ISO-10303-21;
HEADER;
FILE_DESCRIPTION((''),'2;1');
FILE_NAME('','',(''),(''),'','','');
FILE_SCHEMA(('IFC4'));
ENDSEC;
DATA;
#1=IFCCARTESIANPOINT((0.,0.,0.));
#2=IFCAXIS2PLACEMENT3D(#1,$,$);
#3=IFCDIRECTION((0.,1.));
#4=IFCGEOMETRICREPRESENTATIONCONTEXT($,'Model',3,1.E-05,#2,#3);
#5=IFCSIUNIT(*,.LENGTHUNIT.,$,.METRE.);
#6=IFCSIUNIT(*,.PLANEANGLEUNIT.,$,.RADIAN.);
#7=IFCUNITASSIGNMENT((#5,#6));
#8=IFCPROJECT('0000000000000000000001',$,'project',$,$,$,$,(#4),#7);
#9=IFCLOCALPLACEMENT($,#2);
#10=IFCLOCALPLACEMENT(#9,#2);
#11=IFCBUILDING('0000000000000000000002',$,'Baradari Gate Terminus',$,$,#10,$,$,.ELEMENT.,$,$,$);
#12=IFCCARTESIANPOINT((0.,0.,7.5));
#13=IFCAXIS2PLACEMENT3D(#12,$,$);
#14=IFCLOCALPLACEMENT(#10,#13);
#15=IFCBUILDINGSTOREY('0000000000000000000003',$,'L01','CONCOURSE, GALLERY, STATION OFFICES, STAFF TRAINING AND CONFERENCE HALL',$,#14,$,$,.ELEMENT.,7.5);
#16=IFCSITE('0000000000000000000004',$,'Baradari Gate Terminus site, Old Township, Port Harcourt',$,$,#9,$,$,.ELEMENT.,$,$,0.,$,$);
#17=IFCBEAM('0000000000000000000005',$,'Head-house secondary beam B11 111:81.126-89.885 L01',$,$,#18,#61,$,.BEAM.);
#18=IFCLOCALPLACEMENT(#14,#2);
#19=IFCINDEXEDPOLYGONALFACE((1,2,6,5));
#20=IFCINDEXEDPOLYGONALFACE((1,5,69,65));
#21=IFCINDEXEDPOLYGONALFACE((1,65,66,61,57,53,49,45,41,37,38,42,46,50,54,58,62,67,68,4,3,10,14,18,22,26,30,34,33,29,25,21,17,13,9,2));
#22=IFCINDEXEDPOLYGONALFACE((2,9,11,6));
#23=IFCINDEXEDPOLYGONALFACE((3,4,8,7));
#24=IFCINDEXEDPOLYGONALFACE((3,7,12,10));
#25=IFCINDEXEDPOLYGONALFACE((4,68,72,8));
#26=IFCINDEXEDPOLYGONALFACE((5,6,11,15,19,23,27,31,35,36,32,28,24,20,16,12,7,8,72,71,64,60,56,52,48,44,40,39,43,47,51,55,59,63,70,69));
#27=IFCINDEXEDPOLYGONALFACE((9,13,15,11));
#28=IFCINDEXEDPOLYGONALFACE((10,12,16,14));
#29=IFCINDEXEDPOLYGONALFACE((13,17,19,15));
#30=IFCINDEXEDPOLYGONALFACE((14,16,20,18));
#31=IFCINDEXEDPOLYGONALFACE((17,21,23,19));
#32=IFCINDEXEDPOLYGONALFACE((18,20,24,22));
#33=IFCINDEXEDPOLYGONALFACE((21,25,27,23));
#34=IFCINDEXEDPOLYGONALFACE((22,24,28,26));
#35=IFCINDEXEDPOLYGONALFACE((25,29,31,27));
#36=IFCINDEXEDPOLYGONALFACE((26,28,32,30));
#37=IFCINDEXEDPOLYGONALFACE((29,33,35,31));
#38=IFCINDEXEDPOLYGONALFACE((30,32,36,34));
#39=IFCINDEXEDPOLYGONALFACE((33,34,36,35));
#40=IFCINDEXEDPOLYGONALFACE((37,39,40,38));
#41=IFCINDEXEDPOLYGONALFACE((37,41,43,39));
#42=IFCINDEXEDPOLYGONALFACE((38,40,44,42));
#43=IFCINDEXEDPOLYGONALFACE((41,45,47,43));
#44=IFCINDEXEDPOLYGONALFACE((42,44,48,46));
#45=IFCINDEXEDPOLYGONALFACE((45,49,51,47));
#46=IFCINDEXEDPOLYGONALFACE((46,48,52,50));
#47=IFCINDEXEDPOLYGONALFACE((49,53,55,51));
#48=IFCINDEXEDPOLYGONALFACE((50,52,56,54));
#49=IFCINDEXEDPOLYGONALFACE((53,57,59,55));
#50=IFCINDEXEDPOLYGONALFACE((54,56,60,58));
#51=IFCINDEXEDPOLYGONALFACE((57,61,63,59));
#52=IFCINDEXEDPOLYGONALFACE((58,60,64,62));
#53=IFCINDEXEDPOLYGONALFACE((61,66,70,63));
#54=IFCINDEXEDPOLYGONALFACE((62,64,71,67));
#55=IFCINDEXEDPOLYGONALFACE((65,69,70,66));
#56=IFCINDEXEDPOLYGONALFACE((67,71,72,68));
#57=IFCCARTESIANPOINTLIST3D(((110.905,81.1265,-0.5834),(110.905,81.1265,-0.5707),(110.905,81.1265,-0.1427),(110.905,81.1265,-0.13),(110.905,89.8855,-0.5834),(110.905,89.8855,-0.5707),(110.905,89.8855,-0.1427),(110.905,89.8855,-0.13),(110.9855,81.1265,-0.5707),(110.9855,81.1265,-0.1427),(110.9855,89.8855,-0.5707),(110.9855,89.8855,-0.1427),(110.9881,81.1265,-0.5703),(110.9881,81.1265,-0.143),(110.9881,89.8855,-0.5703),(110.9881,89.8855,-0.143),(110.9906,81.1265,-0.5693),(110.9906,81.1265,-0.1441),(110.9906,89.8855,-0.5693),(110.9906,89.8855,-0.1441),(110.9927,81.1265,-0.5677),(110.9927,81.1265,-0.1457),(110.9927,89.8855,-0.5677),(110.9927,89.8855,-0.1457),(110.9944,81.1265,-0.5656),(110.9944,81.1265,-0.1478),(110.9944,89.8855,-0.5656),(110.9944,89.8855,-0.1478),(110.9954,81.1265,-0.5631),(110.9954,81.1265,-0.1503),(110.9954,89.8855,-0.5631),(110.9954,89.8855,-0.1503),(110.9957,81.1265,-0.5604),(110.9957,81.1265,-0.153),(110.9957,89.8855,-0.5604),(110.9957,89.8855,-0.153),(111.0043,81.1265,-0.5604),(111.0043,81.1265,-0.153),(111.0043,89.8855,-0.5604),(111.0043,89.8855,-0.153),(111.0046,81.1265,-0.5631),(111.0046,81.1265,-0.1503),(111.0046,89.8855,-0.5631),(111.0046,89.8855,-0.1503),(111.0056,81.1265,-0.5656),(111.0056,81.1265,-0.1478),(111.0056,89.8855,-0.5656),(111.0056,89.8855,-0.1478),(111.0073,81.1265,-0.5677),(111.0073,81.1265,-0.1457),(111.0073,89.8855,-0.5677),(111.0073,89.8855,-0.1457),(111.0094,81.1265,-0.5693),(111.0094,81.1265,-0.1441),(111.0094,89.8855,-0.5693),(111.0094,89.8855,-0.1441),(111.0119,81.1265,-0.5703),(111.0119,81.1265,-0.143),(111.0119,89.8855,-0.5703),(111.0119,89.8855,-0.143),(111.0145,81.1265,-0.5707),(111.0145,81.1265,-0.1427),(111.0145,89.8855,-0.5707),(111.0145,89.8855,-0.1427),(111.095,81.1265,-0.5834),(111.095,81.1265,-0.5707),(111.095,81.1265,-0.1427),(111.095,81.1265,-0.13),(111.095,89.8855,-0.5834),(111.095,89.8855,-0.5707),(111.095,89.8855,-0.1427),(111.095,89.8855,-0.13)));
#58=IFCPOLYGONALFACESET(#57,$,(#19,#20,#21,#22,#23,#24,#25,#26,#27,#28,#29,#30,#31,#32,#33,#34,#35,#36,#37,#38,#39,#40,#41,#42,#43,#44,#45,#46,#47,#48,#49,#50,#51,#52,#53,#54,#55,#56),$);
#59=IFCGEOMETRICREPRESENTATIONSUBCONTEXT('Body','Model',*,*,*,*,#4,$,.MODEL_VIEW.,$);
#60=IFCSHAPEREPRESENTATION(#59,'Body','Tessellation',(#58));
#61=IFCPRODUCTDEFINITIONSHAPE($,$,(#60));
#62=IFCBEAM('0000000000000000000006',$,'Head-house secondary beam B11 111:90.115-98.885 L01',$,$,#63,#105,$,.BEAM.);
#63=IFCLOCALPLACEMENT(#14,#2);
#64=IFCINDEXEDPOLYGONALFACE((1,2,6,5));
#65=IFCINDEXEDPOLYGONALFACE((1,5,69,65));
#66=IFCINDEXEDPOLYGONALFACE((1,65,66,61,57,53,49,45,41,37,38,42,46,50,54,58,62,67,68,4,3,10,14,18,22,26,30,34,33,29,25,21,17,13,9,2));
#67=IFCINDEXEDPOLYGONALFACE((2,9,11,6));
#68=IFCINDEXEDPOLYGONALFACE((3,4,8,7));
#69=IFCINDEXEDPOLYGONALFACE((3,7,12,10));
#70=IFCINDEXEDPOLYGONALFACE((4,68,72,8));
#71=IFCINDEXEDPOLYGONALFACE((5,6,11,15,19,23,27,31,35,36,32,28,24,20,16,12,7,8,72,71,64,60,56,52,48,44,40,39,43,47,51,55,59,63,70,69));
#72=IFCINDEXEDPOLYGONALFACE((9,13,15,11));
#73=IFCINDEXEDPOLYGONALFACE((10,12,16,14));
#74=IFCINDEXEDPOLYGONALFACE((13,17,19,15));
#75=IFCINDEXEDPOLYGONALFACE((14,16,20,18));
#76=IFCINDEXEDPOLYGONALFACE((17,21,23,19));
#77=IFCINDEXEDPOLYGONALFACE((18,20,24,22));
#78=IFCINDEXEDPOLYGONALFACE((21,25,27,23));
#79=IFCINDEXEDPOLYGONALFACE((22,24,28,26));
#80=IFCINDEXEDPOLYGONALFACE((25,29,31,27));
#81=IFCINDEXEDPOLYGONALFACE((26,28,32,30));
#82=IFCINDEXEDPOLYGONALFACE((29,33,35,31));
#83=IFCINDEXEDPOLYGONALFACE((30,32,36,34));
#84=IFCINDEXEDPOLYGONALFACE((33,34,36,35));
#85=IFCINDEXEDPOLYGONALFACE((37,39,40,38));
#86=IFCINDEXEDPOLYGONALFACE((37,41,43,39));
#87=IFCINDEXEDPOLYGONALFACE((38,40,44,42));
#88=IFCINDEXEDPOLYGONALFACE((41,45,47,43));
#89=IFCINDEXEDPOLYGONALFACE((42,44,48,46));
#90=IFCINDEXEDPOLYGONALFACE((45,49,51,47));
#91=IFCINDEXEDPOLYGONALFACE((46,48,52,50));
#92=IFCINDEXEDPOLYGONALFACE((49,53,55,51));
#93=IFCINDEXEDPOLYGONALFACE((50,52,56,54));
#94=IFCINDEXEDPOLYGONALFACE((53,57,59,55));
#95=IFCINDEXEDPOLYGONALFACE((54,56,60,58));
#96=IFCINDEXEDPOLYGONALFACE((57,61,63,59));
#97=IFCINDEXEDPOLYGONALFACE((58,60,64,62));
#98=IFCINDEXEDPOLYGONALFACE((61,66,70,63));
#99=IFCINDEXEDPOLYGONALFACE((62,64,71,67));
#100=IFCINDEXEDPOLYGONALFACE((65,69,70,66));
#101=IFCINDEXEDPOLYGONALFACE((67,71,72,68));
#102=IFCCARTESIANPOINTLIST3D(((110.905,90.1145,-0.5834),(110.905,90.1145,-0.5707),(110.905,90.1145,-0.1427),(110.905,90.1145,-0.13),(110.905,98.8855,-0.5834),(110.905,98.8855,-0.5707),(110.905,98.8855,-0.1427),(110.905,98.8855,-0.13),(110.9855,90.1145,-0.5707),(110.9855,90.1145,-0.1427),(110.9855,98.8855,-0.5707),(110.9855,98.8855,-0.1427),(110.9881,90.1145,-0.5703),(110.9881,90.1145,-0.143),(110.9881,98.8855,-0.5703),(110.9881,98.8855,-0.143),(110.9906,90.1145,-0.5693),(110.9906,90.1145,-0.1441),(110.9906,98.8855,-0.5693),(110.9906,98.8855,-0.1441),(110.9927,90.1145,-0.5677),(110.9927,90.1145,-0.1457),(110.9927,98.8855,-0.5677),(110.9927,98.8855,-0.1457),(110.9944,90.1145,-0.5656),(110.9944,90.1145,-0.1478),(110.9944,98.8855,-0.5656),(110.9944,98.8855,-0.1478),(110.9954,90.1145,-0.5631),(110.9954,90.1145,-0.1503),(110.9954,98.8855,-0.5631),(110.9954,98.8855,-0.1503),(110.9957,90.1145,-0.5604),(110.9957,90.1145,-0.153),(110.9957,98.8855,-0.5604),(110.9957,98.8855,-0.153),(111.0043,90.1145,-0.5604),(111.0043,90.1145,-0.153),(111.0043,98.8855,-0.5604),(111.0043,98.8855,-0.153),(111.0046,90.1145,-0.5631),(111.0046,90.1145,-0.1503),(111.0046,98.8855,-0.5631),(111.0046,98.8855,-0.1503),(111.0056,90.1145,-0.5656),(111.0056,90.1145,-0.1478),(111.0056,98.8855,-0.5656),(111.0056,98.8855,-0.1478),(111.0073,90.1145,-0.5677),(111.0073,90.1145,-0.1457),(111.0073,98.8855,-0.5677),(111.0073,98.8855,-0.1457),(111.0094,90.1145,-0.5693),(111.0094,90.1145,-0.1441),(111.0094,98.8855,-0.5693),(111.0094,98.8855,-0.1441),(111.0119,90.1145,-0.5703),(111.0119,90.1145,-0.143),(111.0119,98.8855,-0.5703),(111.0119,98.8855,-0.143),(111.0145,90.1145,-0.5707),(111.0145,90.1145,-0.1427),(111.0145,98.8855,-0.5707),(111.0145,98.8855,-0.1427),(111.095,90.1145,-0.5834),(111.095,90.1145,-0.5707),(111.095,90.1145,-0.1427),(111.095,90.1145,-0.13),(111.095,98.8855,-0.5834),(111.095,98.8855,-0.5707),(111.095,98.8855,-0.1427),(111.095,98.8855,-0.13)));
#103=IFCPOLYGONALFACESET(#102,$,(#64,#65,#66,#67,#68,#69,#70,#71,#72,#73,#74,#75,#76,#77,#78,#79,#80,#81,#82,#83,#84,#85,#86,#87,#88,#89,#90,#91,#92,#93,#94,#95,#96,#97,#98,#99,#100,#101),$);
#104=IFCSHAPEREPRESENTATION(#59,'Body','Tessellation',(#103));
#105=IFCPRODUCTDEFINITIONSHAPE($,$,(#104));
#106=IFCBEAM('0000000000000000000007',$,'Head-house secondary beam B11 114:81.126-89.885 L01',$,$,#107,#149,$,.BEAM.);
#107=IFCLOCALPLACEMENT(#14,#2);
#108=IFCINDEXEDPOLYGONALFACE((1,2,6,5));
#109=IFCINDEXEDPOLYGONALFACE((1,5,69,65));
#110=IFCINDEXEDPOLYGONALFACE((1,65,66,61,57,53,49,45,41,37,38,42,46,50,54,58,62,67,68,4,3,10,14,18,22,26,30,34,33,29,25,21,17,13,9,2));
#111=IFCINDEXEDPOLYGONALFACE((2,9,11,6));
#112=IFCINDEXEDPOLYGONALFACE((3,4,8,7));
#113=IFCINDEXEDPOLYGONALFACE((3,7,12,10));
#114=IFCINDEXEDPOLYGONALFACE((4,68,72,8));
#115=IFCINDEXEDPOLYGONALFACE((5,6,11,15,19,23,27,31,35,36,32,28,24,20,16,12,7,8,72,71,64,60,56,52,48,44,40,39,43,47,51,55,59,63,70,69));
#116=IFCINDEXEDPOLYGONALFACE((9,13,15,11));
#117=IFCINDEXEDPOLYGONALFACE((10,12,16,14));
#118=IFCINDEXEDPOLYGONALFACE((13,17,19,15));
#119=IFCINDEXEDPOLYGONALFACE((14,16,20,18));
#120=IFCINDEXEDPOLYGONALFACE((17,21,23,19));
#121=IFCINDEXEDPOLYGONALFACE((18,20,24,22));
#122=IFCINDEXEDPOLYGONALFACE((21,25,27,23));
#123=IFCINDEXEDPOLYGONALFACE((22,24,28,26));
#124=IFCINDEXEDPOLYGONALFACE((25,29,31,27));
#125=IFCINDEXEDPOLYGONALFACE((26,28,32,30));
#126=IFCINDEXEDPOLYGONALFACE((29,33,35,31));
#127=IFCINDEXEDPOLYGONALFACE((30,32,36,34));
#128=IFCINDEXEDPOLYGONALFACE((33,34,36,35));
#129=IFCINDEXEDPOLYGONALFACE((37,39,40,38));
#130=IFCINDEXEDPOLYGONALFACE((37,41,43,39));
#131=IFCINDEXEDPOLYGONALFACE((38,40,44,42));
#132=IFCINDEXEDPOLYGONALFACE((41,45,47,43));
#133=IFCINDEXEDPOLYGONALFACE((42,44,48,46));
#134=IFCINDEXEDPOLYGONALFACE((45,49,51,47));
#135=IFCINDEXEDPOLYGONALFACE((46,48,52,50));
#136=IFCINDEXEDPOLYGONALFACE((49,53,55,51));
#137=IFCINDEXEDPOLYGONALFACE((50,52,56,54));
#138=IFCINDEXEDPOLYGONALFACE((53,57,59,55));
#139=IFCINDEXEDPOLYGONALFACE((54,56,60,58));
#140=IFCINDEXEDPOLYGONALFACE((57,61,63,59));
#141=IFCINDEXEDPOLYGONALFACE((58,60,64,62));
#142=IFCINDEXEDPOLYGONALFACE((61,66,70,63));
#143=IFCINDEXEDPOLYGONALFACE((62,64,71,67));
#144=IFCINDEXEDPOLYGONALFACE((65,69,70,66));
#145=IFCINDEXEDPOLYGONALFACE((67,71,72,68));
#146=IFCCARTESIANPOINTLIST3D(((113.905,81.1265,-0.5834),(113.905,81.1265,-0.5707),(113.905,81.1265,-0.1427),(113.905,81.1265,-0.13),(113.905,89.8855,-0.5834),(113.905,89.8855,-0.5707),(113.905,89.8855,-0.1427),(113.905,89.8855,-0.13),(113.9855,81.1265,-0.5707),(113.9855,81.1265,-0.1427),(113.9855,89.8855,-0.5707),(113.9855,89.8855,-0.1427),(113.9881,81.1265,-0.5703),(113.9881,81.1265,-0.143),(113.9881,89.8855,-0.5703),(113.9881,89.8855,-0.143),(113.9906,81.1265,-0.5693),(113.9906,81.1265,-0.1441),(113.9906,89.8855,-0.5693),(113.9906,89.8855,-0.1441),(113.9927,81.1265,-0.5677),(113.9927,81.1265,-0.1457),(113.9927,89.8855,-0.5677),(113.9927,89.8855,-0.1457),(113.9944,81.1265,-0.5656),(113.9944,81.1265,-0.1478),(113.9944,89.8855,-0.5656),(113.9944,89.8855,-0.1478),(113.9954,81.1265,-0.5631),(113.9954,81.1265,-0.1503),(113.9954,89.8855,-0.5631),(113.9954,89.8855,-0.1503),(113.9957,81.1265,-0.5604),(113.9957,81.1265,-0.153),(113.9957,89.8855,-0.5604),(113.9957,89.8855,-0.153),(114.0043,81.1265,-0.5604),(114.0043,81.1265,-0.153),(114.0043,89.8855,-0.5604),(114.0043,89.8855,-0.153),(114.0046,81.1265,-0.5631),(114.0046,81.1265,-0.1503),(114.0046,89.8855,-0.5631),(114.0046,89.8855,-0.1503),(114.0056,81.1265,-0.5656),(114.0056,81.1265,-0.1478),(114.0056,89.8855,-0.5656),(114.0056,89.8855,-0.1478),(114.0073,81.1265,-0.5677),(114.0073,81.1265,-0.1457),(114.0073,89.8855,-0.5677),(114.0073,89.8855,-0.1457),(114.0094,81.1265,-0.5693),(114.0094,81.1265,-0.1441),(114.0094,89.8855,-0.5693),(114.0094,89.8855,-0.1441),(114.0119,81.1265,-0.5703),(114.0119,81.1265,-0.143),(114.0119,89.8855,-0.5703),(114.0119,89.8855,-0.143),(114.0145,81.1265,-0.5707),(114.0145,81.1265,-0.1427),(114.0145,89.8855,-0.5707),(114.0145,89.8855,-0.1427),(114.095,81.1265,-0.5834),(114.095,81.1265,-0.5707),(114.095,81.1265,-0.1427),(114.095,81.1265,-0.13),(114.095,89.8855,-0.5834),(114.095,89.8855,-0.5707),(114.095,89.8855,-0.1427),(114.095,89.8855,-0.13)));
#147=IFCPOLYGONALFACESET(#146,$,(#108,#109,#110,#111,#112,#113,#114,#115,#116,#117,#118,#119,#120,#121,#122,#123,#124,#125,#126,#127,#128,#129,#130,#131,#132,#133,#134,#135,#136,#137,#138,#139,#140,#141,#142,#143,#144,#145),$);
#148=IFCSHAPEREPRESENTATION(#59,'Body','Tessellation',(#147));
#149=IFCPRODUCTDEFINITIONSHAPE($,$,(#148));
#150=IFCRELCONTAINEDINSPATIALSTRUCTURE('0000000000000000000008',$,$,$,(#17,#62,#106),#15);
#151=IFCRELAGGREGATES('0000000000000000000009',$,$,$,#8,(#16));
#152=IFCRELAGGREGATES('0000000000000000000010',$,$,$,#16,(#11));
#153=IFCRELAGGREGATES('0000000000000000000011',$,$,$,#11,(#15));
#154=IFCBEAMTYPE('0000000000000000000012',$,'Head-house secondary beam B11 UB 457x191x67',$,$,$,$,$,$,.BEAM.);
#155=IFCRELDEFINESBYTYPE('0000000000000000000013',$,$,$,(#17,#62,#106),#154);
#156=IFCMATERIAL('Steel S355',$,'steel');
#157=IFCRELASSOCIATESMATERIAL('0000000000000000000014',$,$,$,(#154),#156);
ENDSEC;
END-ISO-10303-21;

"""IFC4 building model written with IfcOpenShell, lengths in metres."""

from ifc_helpers import new_model, si_unit, direction, frame, origin, origin_2d, place, context, subcontext, project, spatial, i_section, extrude, material, material_profile, profile_set, type_object, element, save


model = new_model("IFC4")

# Units and contexts
model_context = context("Model", 3, precision=1e-05, world=origin(), true_north=direction((0.0, 1.0)))
body_context = subcontext(model_context, "Body", "Model", "MODEL_VIEW")
ifc_project = project(units=[si_unit("LENGTHUNIT", "METRE"), si_unit("PLANEANGLEUNIT", "RADIAN")], contexts=[model_context])

# Site, building, storey
site_placement = place(None, origin())
site = spatial("IfcSite", under=ifc_project, at=site_placement, Name="Baradari Gate Terminus site, Old Township, Port Harcourt", CompositionType="ELEMENT", RefElevation=0.0)
building_placement = place(site_placement, origin())
building = spatial("IfcBuilding", under=site, at=building_placement, Name="Baradari Gate Terminus", CompositionType="ELEMENT")
storey_placement = place(building_placement, frame((0.0, 0.0, 7.5)))
storey = spatial("IfcBuildingStorey", under=building, at=storey_placement, Name="L01", Description="CONCOURSE, GALLERY, STATION OFFICES, STAFF TRAINING AND CONFERENCE HALL", CompositionType="ELEMENT", Elevation=7.5)

# Beams
ifc_material_1 = material(Name="Steel S355", Category="steel")
ifc_material_profile_1 = material_profile(ifc_material_1, i_section(OverallWidth=0.1899, OverallDepth=0.4534, WebThickness=0.0085, FlangeThickness=0.0127, FilletRadius=0.0103, at=origin_2d()), Name="UB 457x191x67")
ifc_profile_set_1 = profile_set([ifc_material_profile_1], Name="Steel S355")
beam_type_1 = type_object("IfcBeamType", Name="Head-house secondary beam B11 UB 457x191x67", PredefinedType="BEAM", material=ifc_profile_set_1)
beam_1_placement = place(storey_placement, frame((111.0, 81.1265, -0.3567), z_axis=(0.0, 1.0, 0.0), x_axis=(-1.0, 0.0, 0.0)))
element("IfcBeam", 1, at=beam_1_placement, inside=storey, type_object=beam_type_1, Name="Head-house secondary beam B11 111:81.126-89.885 L01", PredefinedType="BEAM", context=body_context, shape_type="SweptSolid", body=[
    extrude(i_section(OverallWidth=0.1899, OverallDepth=0.4534, WebThickness=0.0085, FlangeThickness=0.0127, FilletRadius=0.0103, at=origin_2d()), origin(), (0.0, 0.0, 1.0), 8.759),
])
beam_2_placement = place(storey_placement, frame((111.0, 90.1145, -0.3567), z_axis=(0.0, 1.0, 0.0), x_axis=(-1.0, 0.0, 0.0)))
element("IfcBeam", 2, at=beam_2_placement, inside=storey, type_object=beam_type_1, Name="Head-house secondary beam B11 111:90.115-98.885 L01", PredefinedType="BEAM", context=body_context, shape_type="SweptSolid", body=[
    extrude(i_section(OverallWidth=0.1899, OverallDepth=0.4534, WebThickness=0.0085, FlangeThickness=0.0127, FilletRadius=0.0103, at=origin_2d()), origin(), (0.0, 0.0, 1.0), 8.771),
])
beam_3_placement = place(storey_placement, frame((114.0, 81.1265, -0.3567), z_axis=(0.0, 1.0, 0.0), x_axis=(-1.0, 0.0, 0.0)))
element("IfcBeam", 3, at=beam_3_placement, inside=storey, type_object=beam_type_1, Name="Head-house secondary beam B11 114:81.126-89.885 L01", PredefinedType="BEAM", context=body_context, shape_type="SweptSolid", body=[
    extrude(i_section(OverallWidth=0.1899, OverallDepth=0.4534, WebThickness=0.0085, FlangeThickness=0.0127, FilletRadius=0.0103, at=origin_2d()), origin(), (0.0, 0.0, 1.0), 8.759),
])

save(model, "model.ifc")
